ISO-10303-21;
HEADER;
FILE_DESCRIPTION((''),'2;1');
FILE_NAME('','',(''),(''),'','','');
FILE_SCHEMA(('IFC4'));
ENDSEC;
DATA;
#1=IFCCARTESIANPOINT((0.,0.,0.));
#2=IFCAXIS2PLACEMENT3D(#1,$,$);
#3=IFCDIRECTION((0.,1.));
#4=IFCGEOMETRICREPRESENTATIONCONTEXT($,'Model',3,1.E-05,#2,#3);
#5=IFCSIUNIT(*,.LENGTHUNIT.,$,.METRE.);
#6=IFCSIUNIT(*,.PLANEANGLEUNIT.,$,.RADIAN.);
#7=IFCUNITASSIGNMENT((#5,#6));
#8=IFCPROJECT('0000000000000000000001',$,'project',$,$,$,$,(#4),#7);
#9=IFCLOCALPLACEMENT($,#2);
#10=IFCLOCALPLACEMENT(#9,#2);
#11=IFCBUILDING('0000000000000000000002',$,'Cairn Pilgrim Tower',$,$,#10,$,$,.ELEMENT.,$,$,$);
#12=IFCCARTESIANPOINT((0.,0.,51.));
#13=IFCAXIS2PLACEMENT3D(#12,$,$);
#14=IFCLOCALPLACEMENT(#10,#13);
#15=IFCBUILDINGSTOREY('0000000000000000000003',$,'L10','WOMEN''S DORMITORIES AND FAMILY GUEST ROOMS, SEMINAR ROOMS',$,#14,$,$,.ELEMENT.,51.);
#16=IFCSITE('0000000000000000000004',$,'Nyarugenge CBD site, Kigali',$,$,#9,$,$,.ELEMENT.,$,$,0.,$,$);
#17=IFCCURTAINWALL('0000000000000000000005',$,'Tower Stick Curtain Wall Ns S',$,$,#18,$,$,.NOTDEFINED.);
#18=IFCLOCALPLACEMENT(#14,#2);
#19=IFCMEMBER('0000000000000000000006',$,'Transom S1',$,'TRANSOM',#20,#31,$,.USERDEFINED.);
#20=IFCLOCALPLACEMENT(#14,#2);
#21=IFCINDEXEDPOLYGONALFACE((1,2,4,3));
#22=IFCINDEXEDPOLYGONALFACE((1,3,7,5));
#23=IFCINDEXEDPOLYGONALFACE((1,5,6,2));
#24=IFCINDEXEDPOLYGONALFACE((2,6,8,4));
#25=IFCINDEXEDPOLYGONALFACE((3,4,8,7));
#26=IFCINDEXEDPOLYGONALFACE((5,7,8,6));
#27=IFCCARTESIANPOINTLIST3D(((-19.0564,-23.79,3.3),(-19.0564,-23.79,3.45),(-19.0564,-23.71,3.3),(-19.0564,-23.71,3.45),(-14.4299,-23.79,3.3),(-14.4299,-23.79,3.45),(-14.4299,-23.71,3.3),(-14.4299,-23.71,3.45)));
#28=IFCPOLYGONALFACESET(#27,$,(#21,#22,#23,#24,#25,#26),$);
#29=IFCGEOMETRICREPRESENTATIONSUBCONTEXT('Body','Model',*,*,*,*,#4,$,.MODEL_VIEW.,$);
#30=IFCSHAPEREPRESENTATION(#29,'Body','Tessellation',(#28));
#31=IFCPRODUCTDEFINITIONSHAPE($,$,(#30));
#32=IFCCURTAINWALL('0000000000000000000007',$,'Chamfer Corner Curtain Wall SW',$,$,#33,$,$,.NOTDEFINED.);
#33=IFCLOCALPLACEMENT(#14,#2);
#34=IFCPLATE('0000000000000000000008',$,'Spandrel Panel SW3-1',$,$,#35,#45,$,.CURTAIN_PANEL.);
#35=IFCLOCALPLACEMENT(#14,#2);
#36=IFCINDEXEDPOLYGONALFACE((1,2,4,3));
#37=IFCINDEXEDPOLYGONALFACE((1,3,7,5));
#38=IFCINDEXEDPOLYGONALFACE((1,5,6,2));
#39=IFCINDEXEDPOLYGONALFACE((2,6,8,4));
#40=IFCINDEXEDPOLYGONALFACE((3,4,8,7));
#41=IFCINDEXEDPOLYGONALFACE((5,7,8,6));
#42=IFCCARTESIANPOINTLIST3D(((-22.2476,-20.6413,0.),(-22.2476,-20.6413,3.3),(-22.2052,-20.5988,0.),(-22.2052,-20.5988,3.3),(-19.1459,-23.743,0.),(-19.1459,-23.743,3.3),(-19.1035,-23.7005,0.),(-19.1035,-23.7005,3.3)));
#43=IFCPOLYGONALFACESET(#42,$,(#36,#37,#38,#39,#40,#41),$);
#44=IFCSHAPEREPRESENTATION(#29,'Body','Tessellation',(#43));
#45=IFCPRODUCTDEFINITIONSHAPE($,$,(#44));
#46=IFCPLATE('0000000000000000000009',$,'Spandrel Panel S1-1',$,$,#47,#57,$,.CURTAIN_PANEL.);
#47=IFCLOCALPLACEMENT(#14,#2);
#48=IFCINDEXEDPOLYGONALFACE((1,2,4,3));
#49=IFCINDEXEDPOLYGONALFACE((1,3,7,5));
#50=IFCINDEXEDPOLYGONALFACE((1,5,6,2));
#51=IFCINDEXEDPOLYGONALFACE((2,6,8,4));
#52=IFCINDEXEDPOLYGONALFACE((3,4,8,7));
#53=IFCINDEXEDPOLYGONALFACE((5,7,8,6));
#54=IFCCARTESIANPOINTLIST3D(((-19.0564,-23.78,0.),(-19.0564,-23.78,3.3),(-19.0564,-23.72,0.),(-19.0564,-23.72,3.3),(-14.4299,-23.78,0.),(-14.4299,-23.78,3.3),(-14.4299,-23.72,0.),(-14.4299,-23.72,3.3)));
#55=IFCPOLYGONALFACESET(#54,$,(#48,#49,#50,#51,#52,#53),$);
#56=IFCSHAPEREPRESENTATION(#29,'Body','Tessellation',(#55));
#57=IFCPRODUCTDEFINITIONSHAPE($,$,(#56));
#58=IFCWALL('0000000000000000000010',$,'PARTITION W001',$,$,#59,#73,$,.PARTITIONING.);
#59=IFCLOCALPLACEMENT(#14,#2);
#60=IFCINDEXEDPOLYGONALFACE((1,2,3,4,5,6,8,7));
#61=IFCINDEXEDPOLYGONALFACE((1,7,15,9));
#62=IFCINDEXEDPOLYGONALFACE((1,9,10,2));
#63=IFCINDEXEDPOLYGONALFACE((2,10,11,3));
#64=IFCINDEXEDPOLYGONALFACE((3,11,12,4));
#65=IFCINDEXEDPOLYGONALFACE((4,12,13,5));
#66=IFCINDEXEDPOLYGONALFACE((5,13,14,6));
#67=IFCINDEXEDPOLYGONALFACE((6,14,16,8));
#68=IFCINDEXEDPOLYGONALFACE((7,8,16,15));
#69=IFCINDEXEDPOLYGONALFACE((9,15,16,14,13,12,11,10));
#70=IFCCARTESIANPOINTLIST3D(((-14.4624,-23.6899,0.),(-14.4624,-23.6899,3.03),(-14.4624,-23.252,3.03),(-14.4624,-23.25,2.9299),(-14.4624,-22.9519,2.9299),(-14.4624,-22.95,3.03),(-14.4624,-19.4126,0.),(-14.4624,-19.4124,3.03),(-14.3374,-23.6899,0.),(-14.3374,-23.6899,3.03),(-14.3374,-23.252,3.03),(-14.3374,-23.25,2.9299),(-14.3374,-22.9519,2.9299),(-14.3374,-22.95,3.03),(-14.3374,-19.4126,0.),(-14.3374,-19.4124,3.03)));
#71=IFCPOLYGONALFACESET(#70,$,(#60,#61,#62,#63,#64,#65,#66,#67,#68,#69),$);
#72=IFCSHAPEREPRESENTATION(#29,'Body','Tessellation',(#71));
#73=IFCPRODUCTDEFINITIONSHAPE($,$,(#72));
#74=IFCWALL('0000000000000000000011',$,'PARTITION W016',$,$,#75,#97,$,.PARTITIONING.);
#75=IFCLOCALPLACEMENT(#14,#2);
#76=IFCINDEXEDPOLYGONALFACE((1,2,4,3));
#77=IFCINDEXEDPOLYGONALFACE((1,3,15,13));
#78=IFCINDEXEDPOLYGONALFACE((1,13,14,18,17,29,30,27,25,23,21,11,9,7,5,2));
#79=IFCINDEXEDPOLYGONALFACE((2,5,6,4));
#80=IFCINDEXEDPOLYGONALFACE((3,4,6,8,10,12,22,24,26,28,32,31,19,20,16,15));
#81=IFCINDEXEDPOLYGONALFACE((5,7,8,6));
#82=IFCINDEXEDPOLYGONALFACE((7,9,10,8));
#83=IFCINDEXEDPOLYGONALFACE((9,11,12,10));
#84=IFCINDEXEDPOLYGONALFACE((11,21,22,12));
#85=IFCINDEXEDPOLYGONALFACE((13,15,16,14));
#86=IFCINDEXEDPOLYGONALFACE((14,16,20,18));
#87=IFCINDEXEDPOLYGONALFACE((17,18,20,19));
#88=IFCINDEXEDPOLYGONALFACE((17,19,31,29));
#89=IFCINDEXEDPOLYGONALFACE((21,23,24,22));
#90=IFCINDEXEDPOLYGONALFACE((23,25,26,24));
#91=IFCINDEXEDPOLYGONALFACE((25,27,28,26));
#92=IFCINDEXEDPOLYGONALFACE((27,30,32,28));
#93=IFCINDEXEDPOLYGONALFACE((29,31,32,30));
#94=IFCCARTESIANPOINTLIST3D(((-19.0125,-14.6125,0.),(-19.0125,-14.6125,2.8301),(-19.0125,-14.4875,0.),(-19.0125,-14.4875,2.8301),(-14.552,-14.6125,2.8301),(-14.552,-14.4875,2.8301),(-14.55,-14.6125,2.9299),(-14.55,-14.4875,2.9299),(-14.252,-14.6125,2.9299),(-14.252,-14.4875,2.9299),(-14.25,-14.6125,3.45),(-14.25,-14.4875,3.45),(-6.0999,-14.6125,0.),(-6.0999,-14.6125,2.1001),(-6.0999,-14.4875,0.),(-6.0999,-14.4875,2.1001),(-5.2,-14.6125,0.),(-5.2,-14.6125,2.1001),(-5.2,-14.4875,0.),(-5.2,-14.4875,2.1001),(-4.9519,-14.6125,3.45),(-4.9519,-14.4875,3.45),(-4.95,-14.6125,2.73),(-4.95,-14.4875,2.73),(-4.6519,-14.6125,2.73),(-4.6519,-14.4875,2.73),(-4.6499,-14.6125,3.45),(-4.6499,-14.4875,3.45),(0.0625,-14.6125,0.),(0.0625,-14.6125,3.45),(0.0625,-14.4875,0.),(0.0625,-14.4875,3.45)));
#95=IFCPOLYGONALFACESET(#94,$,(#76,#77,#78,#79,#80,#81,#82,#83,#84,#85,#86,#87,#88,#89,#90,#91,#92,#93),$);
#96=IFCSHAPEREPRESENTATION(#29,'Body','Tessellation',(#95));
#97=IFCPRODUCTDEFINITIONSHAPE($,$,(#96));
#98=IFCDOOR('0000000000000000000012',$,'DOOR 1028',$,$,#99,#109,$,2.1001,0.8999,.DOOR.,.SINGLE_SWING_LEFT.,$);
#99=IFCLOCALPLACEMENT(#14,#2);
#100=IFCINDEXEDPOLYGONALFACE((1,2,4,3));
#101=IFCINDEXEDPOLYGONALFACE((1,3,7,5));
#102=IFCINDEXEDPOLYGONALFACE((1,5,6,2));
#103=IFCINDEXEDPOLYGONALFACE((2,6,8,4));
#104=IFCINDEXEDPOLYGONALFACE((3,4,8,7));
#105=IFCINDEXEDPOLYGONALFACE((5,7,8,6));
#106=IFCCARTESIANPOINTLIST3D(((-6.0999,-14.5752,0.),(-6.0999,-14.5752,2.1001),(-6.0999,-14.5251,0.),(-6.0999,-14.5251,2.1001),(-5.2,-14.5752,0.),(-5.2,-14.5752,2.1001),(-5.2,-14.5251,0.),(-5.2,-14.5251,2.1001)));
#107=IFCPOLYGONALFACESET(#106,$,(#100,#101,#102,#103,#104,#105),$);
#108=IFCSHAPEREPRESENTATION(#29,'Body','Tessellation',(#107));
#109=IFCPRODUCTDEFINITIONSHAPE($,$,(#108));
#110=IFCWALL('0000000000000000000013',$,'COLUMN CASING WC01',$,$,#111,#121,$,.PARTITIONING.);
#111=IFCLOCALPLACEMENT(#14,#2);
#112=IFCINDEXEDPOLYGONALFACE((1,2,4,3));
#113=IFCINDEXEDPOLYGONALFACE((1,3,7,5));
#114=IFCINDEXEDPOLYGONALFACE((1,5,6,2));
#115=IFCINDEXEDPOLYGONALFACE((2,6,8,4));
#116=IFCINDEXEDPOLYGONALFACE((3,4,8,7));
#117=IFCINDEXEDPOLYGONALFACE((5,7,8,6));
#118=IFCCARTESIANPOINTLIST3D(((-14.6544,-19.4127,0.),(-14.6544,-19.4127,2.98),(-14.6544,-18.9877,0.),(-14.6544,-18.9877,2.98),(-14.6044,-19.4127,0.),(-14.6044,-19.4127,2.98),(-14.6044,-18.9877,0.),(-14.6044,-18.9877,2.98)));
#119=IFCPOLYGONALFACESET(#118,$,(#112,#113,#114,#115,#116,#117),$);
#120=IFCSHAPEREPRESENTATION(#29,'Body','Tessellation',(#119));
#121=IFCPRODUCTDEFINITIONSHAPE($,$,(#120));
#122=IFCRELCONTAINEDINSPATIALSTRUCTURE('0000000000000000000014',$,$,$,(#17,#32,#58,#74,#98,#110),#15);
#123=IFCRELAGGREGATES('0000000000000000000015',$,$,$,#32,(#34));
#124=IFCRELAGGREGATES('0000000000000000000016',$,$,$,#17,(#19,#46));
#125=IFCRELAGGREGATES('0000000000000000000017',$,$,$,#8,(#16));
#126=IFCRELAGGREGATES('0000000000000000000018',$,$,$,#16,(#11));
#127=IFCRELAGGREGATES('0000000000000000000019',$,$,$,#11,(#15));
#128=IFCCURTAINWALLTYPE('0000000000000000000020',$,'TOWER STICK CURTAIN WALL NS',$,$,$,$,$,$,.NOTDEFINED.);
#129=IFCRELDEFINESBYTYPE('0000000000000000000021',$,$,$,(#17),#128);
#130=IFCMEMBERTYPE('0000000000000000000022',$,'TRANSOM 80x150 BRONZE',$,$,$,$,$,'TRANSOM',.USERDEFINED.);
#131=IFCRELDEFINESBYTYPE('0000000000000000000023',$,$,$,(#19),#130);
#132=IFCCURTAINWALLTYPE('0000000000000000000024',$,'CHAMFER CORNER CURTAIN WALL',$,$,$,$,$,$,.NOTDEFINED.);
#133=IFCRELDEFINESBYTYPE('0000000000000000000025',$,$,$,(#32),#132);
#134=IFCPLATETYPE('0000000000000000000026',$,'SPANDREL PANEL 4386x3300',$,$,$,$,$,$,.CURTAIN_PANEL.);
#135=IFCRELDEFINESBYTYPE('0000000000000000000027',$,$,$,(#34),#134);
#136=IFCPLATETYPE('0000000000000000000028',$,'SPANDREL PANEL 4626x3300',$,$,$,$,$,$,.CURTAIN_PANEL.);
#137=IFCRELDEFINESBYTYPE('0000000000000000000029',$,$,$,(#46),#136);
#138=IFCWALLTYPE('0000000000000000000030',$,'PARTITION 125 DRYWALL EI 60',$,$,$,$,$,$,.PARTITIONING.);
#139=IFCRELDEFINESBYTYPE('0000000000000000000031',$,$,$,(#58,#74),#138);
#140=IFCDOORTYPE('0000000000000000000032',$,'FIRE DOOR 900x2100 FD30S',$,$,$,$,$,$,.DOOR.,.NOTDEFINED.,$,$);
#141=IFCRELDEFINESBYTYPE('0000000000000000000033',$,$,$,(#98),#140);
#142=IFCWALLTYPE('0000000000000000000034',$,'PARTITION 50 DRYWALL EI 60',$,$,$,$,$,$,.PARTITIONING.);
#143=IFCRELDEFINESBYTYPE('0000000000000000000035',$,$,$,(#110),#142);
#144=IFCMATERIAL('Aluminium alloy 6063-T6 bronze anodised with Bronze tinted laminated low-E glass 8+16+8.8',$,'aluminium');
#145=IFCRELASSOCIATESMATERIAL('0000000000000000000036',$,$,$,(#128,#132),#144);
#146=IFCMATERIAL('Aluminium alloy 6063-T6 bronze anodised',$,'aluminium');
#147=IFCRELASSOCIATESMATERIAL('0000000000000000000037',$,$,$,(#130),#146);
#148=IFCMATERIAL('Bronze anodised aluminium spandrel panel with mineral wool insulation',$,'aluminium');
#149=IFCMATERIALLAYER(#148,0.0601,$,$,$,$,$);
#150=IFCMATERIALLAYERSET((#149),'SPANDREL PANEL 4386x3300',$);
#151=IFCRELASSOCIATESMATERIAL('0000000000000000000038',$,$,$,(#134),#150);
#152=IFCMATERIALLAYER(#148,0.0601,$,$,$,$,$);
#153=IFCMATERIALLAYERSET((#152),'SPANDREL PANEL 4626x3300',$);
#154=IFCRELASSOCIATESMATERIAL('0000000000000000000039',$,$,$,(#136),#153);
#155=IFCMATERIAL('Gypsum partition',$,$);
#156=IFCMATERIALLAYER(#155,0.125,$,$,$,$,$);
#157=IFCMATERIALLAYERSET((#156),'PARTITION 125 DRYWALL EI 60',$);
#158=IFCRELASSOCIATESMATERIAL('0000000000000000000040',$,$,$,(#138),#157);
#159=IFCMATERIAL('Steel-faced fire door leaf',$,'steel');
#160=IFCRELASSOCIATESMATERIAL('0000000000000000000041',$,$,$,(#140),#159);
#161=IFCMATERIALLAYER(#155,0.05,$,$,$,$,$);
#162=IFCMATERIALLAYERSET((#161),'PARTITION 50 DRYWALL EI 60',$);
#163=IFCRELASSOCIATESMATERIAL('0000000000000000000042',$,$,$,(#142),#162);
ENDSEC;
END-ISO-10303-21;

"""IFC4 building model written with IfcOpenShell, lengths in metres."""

from ifc_helpers import new_model, si_unit, direction, frame, frame_2d, origin, origin_2d, place, context, subcontext, project, spatial, polyline, rectangle, outline, extrude, material, layer, layer_set, material_profile, profile_set, type_object, element, fill, aggregate, save


model = new_model("IFC4")

# Units and contexts
model_context = context("Model", 3, precision=1e-05, world=origin(), true_north=direction((0.0, 1.0)))
body_context = subcontext(model_context, "Body", "Model", "MODEL_VIEW")
ifc_project = project(units=[si_unit("LENGTHUNIT", "METRE"), si_unit("PLANEANGLEUNIT", "RADIAN")], contexts=[model_context])

# Site, building, storey
site_placement = place(None, origin())
site = spatial("IfcSite", under=ifc_project, at=site_placement, Name="Nyarugenge CBD site, Kigali", CompositionType="ELEMENT", RefElevation=0.0)
building_placement = place(site_placement, origin())
building = spatial("IfcBuilding", under=site, at=building_placement, Name="Cairn Pilgrim Tower", CompositionType="ELEMENT")
storey_placement = place(building_placement, frame((0.0, 0.0, 51.0)))
storey = spatial("IfcBuildingStorey", under=building, at=storey_placement, Name="L10", Description="WOMEN'S DORMITORIES AND FAMILY GUEST ROOMS, SEMINAR ROOMS", CompositionType="ELEMENT", Elevation=51.0)

# Curtain wall
ifc_material_1 = material(Name="Aluminium alloy 6063-T6 bronze anodised with Bronze tinted laminated low-E glass 8+16+8.8", Category="aluminium")
curtain_wall_type_1 = type_object("IfcCurtainWallType", Name="TOWER STICK CURTAIN WALL NS", PredefinedType="NOTDEFINED", material=ifc_material_1)
curtain_wall_1_placement = place(storey_placement, origin())
curtain_wall_1 = element("IfcCurtainWall", 1, at=curtain_wall_1_placement, inside=storey, type_object=curtain_wall_type_1, Name="Tower Stick Curtain Wall Ns S", PredefinedType="NOTDEFINED")
ifc_material_2 = material(Name="Aluminium alloy 6063-T6 bronze anodised", Category="aluminium")

# Member
ifc_material_profile_1 = material_profile(ifc_material_2, rectangle(XDim=0.0801, YDim=0.1499, at=origin_2d()), Name="TRANSOM 80x150 BRONZE")
ifc_profile_set_1 = profile_set([ifc_material_profile_1], Name="Aluminium alloy 6063-T6 bronze anodised")
member_type_1 = type_object("IfcMemberType", Name="TRANSOM 80x150 BRONZE", ElementType="TRANSOM", PredefinedType="USERDEFINED", material=ifc_profile_set_1)
member_1_placement = place(storey_placement, frame((-19.0564, -23.75, 3.375), z_axis=(1.0, 0.0, 0.0), x_axis=(0.0, 1.0, 0.0)))
member_1 = element("IfcMember", 2, at=member_1_placement, type_object=member_type_1, Name="Transom S1", ObjectType="TRANSOM", PredefinedType="USERDEFINED", context=body_context, shape_type="SweptSolid", body=[
    extrude(rectangle(XDim=0.0801, YDim=0.1499, at=origin_2d()), origin(), (0.0, 0.0, 1.0), 4.6265),
])

# Curtain wall, plate
curtain_wall_type_2 = type_object("IfcCurtainWallType", Name="CHAMFER CORNER CURTAIN WALL", PredefinedType="NOTDEFINED", material=ifc_material_1)
curtain_wall_2_placement = place(storey_placement, origin())
curtain_wall_2 = element("IfcCurtainWall", 3, at=curtain_wall_2_placement, inside=storey, type_object=curtain_wall_type_2, Name="Chamfer Corner Curtain Wall SW", PredefinedType="NOTDEFINED")
ifc_material_3 = material(Name="Bronze anodised aluminium spandrel panel with mineral wool insulation", Category="aluminium")
ifc_layer_1 = layer(ifc_material_3, 0.0601)
ifc_layer_set_1 = layer_set([ifc_layer_1], Name="SPANDREL PANEL 4386x3300")
plate_type_1 = type_object("IfcPlateType", Name="SPANDREL PANEL 4386x3300", PredefinedType="CURTAIN_PANEL", material=ifc_layer_set_1)
plate_1_placement = place(storey_placement, frame((-20.6755, -22.1709, 0.0), z_axis=(0.0, 0.0, 1.0), x_axis=(0.707107, -0.707107, 0.0)))
plate_1 = element("IfcPlate", 4, at=plate_1_placement, type_object=plate_type_1, Name="Spandrel Panel SW3-1", PredefinedType="CURTAIN_PANEL", context=body_context, shape_type="SweptSolid", body=[
    extrude(rectangle(XDim=4.3865, YDim=0.0601, at=origin_2d()), origin(), (0.0, 0.0, 1.0), 3.3),
])
aggregate(curtain_wall_2, [plate_1])

# Plate
ifc_layer_2 = layer(ifc_material_3, 0.0601)
ifc_layer_set_2 = layer_set([ifc_layer_2], Name="SPANDREL PANEL 4626x3300")
plate_type_2 = type_object("IfcPlateType", Name="SPANDREL PANEL 4626x3300", PredefinedType="CURTAIN_PANEL", material=ifc_layer_set_2)
plate_2_placement = place(storey_placement, frame((-16.7432, -23.75, 0.0), z_axis=(0.0, 0.0, 1.0), x_axis=(1.0, 0.0, 0.0)))
plate_2 = element("IfcPlate", 5, at=plate_2_placement, type_object=plate_type_2, Name="Spandrel Panel S1-1", PredefinedType="CURTAIN_PANEL", context=body_context, shape_type="SweptSolid", body=[
    extrude(rectangle(XDim=4.6265, YDim=0.0601, at=origin_2d()), origin(), (0.0, 0.0, 1.0), 3.3),
])
aggregate(curtain_wall_1, [member_1, plate_2])

# Wall
ifc_material_4 = material(Name="Gypsum partition")
ifc_layer_3 = layer(ifc_material_4, 0.125)
ifc_layer_set_3 = layer_set([ifc_layer_3], Name="PARTITION 125 DRYWALL EI 60")
wall_type_1 = type_object("IfcWallType", Name="PARTITION 125 DRYWALL EI 60", PredefinedType="PARTITIONING", material=ifc_layer_set_3)
wall_1_placement = place(storey_placement, frame((-14.3999, -23.6899, 0.0), z_axis=(0.0, 0.0, 1.0), x_axis=(0.0, 1.0, 0.0)))
element("IfcWall", 6, at=wall_1_placement, inside=storey, type_object=wall_type_1, Name="PARTITION W001", PredefinedType="PARTITIONING", context=body_context, shape_type="SweptSolid", body=[
    extrude(outline(polyline([(0.0, 0.0), (4.2773, 0.0), (4.2776, 3.03), (0.74, 3.03), (0.738, 2.9299), (0.4399, 2.9299), (0.438, 3.03), (0.0, 3.03), (0.0, 0.0)])), frame((0.0, 0.0625, 0.0), z_axis=(0.0, -1.0, 0.0), x_axis=(1.0, 0.0, 0.0)), (0.0, 0.0, 1.0), 0.125),
])

# Wall, opening, door
wall_2_placement = place(storey_placement, frame((-19.0125, -14.55, 0.0), z_axis=(0.0, 0.0, 1.0), x_axis=(1.0, 0.0, 0.0)))
wall_2 = element("IfcWall", 7, at=wall_2_placement, inside=storey, type_object=wall_type_1, Name="PARTITION W016", PredefinedType="PARTITIONING", context=body_context, shape_type="SweptSolid", body=[
    extrude(outline(polyline([(0.0, 0.0), (19.075, 0.0), (19.075, 3.45), (14.3625, 3.45), (14.3606, 2.73), (14.0625, 2.73), (14.0605, 3.45), (4.7625, 3.45), (4.7605, 2.9299), (4.4624, 2.9299), (4.4604, 2.8301), (0.0, 2.8301), (0.0, 0.0)])), frame((0.0, 0.0625, 0.0), z_axis=(0.0, -1.0, 0.0), x_axis=(1.0, 0.0, 0.0)), (0.0, 0.0, 1.0), 0.125),
])
opening_placement = place(wall_2_placement, frame((12.9126, 0.0, 0.0)))
opening = element("IfcOpeningElement", 8, at=opening_placement, cuts=wall_2, PredefinedType="OPENING", context=body_context, shape_type="SweptSolid", body=[
    extrude(rectangle(XDim=0.8999, YDim=2.1001, at=frame_2d((0.45, 1.05))), frame((0.0, 0.0725, 0.0), z_axis=(0.0, -1.0, 0.0), x_axis=(1.0, 0.0, 0.0)), (0.0, 0.0, 1.0), 0.145),
])
ifc_material_5 = material(Name="Steel-faced fire door leaf", Category="steel")
door_type = type_object("IfcDoorType", Name="FIRE DOOR 900x2100 FD30S", OperationType="NOTDEFINED", PredefinedType="DOOR", material=ifc_material_5)
door_placement = place(opening_placement, origin())
door = element("IfcDoor", 9, at=door_placement, inside=storey, type_object=door_type, Name="DOOR 1028", OperationType="SINGLE_SWING_LEFT", OverallHeight=2.1001, OverallWidth=0.8999, PredefinedType="DOOR", context=body_context, shape_type="SweptSolid", body=[
    extrude(rectangle(XDim=0.8999, YDim=2.1001, at=frame_2d((0.45, 1.05))), frame((0.0, 0.0249, 0.0), z_axis=(0.0, -1.0, 0.0), x_axis=(1.0, 0.0, 0.0)), (0.0, 0.0, 1.0), 0.05),
])
fill(opening, door)

# Wall
ifc_layer_4 = layer(ifc_material_4, 0.05)
ifc_layer_set_4 = layer_set([ifc_layer_4], Name="PARTITION 50 DRYWALL EI 60")
wall_type_2 = type_object("IfcWallType", Name="PARTITION 50 DRYWALL EI 60", PredefinedType="PARTITIONING", material=ifc_layer_set_4)
wall_3_placement = place(storey_placement, frame((-14.6294, -19.4126, 0.0), z_axis=(0.0, 0.0, 1.0), x_axis=(0.0, 1.0, 0.0)))
element("IfcWall", 10, at=wall_3_placement, inside=storey, type_object=wall_type_2, Name="COLUMN CASING WC01", PredefinedType="PARTITIONING", context=body_context, shape_type="SweptSolid", body=[
    extrude(rectangle(XDim=0.425, YDim=0.05, at=frame_2d((0.2124, 0.0))), origin(), (0.0, 0.0, 1.0), 2.98),
])

save(model, "model.ifc")
